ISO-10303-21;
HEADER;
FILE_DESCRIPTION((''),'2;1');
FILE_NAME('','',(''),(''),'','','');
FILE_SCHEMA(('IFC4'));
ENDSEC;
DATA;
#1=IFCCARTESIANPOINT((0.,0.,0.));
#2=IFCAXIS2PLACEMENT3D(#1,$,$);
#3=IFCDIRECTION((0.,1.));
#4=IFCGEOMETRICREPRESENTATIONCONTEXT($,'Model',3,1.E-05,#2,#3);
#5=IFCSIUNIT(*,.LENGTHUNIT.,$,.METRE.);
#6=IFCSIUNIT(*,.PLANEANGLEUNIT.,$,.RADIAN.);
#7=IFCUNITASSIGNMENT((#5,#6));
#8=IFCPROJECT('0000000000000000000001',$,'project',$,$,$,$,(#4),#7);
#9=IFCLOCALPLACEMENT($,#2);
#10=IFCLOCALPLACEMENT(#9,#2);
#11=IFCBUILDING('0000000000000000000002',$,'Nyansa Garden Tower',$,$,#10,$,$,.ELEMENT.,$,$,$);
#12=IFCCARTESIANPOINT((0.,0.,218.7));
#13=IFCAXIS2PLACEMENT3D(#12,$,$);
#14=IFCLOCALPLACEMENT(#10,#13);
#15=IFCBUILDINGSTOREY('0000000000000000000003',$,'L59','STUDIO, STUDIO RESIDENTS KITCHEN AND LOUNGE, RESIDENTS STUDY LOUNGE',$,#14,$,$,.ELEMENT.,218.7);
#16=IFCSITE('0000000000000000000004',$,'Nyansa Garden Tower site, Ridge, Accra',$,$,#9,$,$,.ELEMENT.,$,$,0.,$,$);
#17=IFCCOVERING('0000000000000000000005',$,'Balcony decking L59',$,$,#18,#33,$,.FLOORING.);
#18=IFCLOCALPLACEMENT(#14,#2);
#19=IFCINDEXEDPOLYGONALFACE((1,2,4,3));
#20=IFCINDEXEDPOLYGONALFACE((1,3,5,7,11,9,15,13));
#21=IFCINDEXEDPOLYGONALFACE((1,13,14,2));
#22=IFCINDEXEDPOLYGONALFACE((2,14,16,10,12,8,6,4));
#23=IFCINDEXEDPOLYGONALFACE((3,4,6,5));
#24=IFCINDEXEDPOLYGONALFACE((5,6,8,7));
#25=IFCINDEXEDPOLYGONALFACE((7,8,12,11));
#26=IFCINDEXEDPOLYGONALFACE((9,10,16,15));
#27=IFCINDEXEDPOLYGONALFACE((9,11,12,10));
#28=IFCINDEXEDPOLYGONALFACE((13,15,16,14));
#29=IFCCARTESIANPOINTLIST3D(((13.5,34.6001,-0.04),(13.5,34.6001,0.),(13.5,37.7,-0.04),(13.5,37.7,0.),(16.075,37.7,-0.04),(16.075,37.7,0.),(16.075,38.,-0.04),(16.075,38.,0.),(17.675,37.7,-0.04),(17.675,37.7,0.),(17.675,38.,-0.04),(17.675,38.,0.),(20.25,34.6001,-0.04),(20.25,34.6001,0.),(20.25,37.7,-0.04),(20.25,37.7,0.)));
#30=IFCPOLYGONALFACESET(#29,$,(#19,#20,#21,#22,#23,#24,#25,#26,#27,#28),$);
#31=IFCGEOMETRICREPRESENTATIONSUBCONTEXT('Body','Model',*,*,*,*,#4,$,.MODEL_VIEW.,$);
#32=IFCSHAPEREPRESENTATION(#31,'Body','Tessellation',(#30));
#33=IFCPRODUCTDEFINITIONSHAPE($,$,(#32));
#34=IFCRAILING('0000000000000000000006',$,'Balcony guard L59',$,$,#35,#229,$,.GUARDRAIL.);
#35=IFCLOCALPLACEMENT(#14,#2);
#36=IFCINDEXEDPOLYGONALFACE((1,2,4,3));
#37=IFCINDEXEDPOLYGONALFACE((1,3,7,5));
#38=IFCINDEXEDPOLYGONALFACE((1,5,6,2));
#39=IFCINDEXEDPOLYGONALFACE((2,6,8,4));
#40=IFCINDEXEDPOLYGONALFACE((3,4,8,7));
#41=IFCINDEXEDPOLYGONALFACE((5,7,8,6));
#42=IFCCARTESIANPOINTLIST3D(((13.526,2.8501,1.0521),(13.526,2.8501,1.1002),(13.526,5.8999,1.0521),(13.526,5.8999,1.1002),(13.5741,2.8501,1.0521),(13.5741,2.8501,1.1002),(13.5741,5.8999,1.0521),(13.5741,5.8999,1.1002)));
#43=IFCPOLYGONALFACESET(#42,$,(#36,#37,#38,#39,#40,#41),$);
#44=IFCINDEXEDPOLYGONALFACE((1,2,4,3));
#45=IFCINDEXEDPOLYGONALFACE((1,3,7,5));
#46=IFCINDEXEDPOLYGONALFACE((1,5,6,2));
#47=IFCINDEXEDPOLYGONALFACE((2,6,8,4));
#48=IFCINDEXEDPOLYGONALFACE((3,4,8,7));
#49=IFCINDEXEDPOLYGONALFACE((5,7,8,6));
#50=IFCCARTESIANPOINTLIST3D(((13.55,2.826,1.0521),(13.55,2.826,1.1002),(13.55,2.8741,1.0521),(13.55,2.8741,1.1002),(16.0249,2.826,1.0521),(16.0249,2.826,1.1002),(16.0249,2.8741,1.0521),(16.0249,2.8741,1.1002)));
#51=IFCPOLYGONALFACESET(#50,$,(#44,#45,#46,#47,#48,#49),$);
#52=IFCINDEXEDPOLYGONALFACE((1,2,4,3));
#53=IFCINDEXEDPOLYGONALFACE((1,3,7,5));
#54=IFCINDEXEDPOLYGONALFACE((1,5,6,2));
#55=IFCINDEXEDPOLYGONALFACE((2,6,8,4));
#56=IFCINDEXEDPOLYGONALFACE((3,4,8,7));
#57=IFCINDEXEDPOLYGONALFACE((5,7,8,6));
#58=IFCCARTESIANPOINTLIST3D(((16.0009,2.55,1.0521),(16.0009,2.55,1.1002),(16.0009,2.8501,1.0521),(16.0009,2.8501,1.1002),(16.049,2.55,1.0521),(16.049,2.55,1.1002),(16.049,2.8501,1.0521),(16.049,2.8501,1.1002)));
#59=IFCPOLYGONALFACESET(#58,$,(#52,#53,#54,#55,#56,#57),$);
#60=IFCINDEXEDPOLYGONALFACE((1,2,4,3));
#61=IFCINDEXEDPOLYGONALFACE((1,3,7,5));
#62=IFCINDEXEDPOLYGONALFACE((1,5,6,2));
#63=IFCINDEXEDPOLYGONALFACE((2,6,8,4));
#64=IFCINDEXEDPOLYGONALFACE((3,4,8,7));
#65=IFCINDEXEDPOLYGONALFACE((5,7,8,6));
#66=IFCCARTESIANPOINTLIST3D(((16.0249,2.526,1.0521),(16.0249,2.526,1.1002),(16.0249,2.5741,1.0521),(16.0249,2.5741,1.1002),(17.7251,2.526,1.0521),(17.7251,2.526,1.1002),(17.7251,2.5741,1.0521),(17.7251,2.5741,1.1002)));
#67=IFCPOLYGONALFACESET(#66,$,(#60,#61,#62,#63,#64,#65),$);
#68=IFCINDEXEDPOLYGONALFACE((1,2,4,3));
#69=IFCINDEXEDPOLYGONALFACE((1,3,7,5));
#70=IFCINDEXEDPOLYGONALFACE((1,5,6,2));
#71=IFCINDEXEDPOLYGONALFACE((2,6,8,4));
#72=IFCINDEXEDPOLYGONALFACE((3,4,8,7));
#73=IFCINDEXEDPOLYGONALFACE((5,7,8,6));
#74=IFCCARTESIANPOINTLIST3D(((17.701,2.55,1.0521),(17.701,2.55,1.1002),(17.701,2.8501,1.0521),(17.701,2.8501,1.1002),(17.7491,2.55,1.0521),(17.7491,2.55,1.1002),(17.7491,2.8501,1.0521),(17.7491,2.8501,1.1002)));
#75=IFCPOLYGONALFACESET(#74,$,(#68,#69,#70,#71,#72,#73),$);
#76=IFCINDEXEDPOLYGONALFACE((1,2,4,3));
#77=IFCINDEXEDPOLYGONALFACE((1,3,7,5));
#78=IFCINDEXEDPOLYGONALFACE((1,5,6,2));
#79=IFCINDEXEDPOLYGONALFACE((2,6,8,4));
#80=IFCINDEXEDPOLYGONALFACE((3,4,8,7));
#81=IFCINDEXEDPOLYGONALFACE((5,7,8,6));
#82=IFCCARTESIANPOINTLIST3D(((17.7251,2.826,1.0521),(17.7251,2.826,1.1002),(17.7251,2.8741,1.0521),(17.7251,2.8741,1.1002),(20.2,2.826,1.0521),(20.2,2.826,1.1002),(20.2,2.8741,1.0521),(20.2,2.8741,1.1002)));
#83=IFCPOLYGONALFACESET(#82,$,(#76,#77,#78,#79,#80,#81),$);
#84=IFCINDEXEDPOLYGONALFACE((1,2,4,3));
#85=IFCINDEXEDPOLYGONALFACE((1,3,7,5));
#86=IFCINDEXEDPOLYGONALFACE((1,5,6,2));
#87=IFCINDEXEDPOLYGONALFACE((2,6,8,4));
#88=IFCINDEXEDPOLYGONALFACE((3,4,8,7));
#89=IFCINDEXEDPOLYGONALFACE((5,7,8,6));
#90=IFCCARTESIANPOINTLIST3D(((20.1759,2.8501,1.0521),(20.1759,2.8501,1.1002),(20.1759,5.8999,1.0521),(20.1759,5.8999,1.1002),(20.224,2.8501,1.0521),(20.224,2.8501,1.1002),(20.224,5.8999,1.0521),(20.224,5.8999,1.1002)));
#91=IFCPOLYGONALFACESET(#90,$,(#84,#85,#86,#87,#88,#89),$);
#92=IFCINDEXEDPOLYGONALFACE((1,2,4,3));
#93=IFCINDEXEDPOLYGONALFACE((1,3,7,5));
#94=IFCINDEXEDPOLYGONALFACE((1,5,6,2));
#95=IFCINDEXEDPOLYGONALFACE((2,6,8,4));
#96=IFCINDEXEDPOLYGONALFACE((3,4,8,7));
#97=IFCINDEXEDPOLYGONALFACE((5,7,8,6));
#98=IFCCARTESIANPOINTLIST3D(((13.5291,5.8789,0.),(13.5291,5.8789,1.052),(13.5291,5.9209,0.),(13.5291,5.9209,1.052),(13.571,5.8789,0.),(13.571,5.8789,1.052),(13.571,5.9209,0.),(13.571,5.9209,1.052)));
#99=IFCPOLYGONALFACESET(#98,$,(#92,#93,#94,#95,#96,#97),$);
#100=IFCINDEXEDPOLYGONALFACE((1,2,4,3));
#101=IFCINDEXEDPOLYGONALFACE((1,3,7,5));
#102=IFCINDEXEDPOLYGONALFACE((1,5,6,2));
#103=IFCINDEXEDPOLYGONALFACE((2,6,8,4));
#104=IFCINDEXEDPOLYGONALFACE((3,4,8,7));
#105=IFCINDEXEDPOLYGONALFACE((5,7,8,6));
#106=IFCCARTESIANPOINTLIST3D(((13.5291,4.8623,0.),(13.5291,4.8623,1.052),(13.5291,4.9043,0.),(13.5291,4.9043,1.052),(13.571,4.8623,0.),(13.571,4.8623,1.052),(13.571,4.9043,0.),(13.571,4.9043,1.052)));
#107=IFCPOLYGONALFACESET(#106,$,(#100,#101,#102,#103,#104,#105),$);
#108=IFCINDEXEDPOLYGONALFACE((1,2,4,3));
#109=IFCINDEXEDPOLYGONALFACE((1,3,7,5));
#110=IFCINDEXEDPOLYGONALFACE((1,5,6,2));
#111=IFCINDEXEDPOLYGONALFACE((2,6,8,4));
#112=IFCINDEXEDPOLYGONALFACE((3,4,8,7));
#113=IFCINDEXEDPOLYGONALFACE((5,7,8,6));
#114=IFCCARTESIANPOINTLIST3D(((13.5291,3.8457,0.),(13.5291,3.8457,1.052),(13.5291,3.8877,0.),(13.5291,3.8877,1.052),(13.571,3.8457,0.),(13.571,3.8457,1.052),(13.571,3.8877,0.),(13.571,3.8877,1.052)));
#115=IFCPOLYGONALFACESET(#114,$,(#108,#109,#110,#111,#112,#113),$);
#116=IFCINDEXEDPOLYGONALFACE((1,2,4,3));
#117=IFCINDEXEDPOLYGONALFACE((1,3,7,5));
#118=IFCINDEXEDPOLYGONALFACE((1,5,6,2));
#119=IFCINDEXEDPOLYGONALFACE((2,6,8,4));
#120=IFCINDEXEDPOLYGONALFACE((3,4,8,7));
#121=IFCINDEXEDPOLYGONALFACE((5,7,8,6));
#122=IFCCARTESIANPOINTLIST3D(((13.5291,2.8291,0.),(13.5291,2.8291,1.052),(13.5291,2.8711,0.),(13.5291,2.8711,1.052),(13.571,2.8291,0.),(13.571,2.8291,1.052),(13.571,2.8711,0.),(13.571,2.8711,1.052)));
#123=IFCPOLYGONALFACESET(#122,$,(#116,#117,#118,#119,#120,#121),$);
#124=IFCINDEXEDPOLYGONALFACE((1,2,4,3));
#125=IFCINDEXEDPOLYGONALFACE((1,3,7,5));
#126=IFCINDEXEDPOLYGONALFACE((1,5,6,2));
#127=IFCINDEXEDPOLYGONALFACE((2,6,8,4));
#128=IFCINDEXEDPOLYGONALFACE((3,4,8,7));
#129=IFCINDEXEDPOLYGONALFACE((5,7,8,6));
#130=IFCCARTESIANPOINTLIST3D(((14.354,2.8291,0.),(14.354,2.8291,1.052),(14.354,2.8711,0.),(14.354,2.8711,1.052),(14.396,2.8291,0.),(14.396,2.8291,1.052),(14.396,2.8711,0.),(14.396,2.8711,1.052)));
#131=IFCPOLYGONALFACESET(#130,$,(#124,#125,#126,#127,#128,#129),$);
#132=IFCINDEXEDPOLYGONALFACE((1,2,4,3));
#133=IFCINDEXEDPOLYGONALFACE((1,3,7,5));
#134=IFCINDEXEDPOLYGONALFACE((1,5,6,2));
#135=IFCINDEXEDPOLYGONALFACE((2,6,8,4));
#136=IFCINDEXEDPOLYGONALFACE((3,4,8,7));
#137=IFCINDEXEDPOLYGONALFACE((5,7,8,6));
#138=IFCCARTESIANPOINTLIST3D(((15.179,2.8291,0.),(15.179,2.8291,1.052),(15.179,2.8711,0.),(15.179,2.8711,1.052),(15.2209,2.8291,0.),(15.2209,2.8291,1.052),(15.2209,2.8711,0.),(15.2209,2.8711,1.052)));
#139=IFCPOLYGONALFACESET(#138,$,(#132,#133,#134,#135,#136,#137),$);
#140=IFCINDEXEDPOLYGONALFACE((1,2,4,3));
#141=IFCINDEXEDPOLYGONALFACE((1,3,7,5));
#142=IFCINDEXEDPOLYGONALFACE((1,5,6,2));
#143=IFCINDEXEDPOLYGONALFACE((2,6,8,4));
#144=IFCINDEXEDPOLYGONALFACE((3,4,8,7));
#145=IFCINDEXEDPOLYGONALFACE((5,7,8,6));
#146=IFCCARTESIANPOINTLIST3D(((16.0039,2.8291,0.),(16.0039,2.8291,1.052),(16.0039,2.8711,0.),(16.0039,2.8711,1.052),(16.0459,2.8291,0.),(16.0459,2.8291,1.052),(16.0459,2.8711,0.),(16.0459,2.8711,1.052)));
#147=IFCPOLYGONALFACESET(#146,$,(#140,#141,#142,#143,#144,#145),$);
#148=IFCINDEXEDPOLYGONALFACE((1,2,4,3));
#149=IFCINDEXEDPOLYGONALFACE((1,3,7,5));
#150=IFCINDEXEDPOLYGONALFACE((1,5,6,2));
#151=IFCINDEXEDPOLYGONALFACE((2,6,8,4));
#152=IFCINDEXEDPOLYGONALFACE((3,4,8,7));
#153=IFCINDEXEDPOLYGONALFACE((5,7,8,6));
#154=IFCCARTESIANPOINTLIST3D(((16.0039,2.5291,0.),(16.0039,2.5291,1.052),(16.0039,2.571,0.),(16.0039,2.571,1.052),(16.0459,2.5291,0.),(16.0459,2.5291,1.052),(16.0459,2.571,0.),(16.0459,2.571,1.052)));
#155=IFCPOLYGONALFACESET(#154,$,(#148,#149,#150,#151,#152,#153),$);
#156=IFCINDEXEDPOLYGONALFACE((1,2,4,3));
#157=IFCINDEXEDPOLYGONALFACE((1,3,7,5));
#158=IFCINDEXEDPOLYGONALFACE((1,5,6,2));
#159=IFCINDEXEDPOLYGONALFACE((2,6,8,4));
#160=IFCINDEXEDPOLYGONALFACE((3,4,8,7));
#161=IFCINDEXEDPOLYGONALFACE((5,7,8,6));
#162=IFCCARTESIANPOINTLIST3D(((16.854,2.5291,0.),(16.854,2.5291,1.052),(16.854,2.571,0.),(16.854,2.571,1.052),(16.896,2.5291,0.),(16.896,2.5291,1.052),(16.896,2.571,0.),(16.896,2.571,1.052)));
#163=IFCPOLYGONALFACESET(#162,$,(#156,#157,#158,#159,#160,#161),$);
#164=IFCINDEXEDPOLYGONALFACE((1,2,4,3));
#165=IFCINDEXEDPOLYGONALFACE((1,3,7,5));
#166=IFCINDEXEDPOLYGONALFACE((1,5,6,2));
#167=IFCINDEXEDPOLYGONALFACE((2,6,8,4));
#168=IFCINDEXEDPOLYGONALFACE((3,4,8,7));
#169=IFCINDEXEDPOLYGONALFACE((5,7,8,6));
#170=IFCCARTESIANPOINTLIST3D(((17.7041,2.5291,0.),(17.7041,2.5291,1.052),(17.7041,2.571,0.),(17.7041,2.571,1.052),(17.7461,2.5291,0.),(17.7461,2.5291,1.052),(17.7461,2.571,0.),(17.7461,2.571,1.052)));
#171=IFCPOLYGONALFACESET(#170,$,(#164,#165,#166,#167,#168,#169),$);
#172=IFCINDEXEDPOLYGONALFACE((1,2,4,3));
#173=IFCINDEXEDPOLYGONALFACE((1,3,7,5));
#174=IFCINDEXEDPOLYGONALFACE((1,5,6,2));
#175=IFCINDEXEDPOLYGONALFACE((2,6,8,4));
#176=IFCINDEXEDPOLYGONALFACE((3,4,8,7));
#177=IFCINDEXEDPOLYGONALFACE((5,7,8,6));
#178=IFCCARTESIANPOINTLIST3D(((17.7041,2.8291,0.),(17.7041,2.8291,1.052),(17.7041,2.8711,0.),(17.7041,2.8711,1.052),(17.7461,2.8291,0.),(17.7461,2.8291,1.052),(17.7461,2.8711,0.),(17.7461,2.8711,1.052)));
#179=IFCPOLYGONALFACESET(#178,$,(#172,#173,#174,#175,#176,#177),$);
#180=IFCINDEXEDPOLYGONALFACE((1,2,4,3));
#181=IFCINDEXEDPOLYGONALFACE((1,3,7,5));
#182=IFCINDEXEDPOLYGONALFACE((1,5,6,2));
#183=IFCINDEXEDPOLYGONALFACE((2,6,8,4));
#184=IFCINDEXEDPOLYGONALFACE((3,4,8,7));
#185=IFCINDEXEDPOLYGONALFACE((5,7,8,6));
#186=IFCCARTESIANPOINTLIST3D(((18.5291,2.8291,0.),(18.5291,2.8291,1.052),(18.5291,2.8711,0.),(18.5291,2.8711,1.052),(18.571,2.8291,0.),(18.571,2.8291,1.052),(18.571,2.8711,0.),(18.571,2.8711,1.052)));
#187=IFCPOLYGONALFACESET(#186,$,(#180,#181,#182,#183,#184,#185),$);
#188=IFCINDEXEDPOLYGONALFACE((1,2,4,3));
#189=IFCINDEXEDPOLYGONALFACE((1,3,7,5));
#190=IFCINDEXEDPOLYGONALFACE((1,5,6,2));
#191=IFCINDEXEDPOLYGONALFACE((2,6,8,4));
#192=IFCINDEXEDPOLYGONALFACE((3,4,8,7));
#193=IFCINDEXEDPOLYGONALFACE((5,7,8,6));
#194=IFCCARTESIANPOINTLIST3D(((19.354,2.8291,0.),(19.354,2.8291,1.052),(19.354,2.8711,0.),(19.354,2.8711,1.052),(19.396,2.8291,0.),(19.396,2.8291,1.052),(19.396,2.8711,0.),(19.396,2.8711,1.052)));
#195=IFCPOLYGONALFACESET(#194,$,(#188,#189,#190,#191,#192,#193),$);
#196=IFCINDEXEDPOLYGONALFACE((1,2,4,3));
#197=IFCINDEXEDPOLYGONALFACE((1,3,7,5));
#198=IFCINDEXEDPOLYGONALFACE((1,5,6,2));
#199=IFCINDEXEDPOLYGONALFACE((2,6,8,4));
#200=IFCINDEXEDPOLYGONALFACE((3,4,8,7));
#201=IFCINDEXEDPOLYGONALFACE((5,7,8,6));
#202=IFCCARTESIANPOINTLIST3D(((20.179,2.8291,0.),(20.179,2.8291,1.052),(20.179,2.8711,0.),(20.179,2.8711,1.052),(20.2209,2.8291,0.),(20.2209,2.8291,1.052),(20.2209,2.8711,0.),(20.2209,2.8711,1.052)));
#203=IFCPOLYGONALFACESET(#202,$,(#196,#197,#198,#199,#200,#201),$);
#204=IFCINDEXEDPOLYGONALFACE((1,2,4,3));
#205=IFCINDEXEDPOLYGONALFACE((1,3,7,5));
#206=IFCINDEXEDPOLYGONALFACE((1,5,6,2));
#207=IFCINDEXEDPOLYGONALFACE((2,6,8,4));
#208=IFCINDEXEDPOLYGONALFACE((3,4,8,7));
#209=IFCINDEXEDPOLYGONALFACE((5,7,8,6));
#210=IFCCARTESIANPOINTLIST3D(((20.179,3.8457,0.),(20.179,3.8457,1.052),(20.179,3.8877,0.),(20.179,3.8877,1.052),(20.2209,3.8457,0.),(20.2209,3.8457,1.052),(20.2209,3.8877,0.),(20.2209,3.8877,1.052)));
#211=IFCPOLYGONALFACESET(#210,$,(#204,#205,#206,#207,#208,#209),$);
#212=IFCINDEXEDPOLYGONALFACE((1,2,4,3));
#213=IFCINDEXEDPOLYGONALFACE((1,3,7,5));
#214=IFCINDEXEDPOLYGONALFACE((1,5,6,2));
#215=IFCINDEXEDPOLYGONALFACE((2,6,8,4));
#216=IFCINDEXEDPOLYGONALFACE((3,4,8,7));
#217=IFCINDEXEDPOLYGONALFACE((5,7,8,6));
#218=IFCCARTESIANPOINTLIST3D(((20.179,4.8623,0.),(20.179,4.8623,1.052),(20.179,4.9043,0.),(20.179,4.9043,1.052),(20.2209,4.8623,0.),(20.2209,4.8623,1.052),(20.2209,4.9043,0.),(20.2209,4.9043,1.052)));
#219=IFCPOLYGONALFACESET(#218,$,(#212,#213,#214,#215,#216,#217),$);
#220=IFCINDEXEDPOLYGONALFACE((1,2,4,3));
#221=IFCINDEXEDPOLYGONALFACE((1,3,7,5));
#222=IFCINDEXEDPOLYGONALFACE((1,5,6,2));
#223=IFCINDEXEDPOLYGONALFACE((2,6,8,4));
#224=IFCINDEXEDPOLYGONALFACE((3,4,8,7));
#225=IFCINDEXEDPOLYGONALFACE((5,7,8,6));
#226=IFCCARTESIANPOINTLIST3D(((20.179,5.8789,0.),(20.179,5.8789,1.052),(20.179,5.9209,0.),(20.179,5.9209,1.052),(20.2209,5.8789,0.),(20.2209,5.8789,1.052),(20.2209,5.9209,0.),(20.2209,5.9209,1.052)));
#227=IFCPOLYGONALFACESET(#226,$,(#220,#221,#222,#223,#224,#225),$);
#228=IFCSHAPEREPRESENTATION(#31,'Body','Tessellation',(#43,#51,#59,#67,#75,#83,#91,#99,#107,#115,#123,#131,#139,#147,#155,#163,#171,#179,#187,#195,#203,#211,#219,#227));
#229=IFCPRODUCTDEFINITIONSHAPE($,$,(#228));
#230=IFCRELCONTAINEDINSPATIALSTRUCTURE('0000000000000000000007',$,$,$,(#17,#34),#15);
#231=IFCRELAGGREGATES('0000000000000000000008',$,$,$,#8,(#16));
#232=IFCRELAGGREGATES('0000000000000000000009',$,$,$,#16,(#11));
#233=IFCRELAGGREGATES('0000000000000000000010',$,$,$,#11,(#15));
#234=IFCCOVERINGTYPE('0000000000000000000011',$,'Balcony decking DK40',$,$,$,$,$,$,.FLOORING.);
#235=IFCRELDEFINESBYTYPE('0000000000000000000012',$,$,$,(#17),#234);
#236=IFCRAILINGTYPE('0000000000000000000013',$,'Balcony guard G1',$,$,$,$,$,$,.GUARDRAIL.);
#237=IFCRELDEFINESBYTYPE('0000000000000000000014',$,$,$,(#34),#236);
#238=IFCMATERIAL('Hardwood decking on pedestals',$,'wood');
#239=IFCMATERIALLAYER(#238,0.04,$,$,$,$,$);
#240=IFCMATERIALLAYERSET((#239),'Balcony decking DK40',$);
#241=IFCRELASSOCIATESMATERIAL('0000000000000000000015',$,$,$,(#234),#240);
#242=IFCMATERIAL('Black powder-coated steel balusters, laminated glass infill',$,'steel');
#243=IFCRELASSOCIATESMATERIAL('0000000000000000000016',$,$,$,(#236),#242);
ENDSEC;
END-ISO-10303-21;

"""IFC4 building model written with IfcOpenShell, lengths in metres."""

from ifc_helpers import new_model, si_unit, direction, frame, origin, origin_2d, place, context, subcontext, project, spatial, polyline, rectangle, outline, extrude, material, layer, layer_set, type_object, element, save


model = new_model("IFC4")

# Units and contexts
model_context = context("Model", 3, precision=1e-05, world=origin(), true_north=direction((0.0, 1.0)))
body_context = subcontext(model_context, "Body", "Model", "MODEL_VIEW")
ifc_project = project(units=[si_unit("LENGTHUNIT", "METRE"), si_unit("PLANEANGLEUNIT", "RADIAN")], contexts=[model_context])

# Site, building, storey
site_placement = place(None, origin())
site = spatial("IfcSite", under=ifc_project, at=site_placement, Name="Nyansa Garden Tower site, Ridge, Accra", CompositionType="ELEMENT", RefElevation=0.0)
building_placement = place(site_placement, origin())
building = spatial("IfcBuilding", under=site, at=building_placement, Name="Nyansa Garden Tower", CompositionType="ELEMENT")
storey_placement = place(building_placement, frame((0.0, 0.0, 218.7)))
storey = spatial("IfcBuildingStorey", under=building, at=storey_placement, Name="L59", Description="STUDIO, STUDIO RESIDENTS KITCHEN AND LOUNGE, RESIDENTS STUDY LOUNGE", CompositionType="ELEMENT", Elevation=218.7)

# Covering
ifc_material_1 = material(Name="Hardwood decking on pedestals", Category="wood")
ifc_layer_1 = layer(ifc_material_1, 0.04)
ifc_layer_set_1 = layer_set([ifc_layer_1], Name="Balcony decking DK40")
covering_type = type_object("IfcCoveringType", Name="Balcony decking DK40", PredefinedType="FLOORING", material=ifc_layer_set_1)
covering_1_placement = place(storey_placement, frame((0.0, 0.0, -0.04)))
element("IfcCovering", 1, at=covering_1_placement, inside=storey, type_object=covering_type, Name="Balcony decking L59", PredefinedType="FLOORING", context=body_context, shape_type="SweptSolid", body=[
    extrude(outline(polyline([(13.5, 34.6001), (20.25, 34.6001), (20.25, 37.7), (17.675, 37.7), (17.675, 38.0), (16.075, 38.0), (16.075, 37.7), (13.5, 37.7), (13.5, 34.6001)])), origin(), (0.0, 0.0, 1.0), 0.04),
])

# Railing
ifc_material_2 = material(Name="Black powder-coated steel balusters, laminated glass infill", Category="steel")
railing_type = type_object("IfcRailingType", Name="Balcony guard G1", PredefinedType="GUARDRAIL", material=ifc_material_2)
railing_placement = place(storey_placement, frame((13.55, 5.8999, 0.0)))
element("IfcRailing", 2, at=railing_placement, inside=storey, type_object=railing_type, Name="Balcony guard L59", PredefinedType="GUARDRAIL", context=body_context, shape_type="SweptSolid", body=[
    extrude(rectangle(XDim=0.0481, YDim=0.0481, at=origin_2d()), frame((0.0, 0.0, 1.0762), z_axis=(0.0, -1.0, 0.0), x_axis=(1.0, 0.0, 0.0)), (0.0, 0.0, 1.0), 3.0498),
    extrude(rectangle(XDim=0.0481, YDim=0.0481, at=origin_2d()), frame((0.0, -3.0498, 1.0762), z_axis=(1.0, 0.0, 0.0), x_axis=(0.0, 1.0, 0.0)), (0.0, 0.0, 1.0), 2.4749),
    extrude(rectangle(XDim=0.0481, YDim=0.0481, at=origin_2d()), frame((2.4749, -3.0498, 1.0762), z_axis=(0.0, -1.0, 0.0), x_axis=(1.0, 0.0, 0.0)), (0.0, 0.0, 1.0), 0.3),
    extrude(rectangle(XDim=0.0481, YDim=0.0481, at=origin_2d()), frame((2.4749, -3.3499, 1.0762), z_axis=(1.0, 0.0, 0.0), x_axis=(0.0, 1.0, 0.0)), (0.0, 0.0, 1.0), 1.7002),
    extrude(rectangle(XDim=0.0481, YDim=0.0481, at=origin_2d()), frame((4.175, -3.3499, 1.0762), z_axis=(0.0, 1.0, 0.0), x_axis=(-1.0, 0.0, 0.0)), (0.0, 0.0, 1.0), 0.3),
    extrude(rectangle(XDim=0.0481, YDim=0.0481, at=origin_2d()), frame((4.175, -3.0498, 1.0762), z_axis=(1.0, 0.0, 0.0), x_axis=(0.0, 1.0, 0.0)), (0.0, 0.0, 1.0), 2.4749),
    extrude(rectangle(XDim=0.0481, YDim=0.0481, at=origin_2d()), frame((6.6499, -3.0498, 1.0762), z_axis=(0.0, 1.0, 0.0), x_axis=(-1.0, 0.0, 0.0)), (0.0, 0.0, 1.0), 3.0498),
    extrude(rectangle(XDim=0.042, YDim=0.042, at=origin_2d()), origin(), (0.0, 0.0, 1.0), 1.052),
    extrude(rectangle(XDim=0.042, YDim=0.042, at=origin_2d()), frame((0.0, -1.0166, 0.0)), (0.0, 0.0, 1.0), 1.052),
    extrude(rectangle(XDim=0.042, YDim=0.042, at=origin_2d()), frame((0.0, -2.0332, 0.0)), (0.0, 0.0, 1.0), 1.052),
    extrude(rectangle(XDim=0.042, YDim=0.042, at=origin_2d()), frame((0.0, -3.0498, 0.0)), (0.0, 0.0, 1.0), 1.052),
    extrude(rectangle(XDim=0.042, YDim=0.042, at=origin_2d()), frame((0.825, -3.0498, 0.0)), (0.0, 0.0, 1.0), 1.052),
    extrude(rectangle(XDim=0.042, YDim=0.042, at=origin_2d()), frame((1.6499, -3.0498, 0.0)), (0.0, 0.0, 1.0), 1.052),
    extrude(rectangle(XDim=0.042, YDim=0.042, at=origin_2d()), frame((2.4749, -3.0498, 0.0)), (0.0, 0.0, 1.0), 1.052),
    extrude(rectangle(XDim=0.042, YDim=0.042, at=origin_2d()), frame((2.4749, -3.3499, 0.0)), (0.0, 0.0, 1.0), 1.052),
    extrude(rectangle(XDim=0.042, YDim=0.042, at=origin_2d()), frame((3.325, -3.3499, 0.0)), (0.0, 0.0, 1.0), 1.052),
    extrude(rectangle(XDim=0.042, YDim=0.042, at=origin_2d()), frame((4.175, -3.3499, 0.0)), (0.0, 0.0, 1.0), 1.052),
    extrude(rectangle(XDim=0.042, YDim=0.042, at=origin_2d()), frame((4.175, -3.0498, 0.0)), (0.0, 0.0, 1.0), 1.052),
    extrude(rectangle(XDim=0.042, YDim=0.042, at=origin_2d()), frame((5.0, -3.0498, 0.0)), (0.0, 0.0, 1.0), 1.052),
    extrude(rectangle(XDim=0.042, YDim=0.042, at=origin_2d()), frame((5.825, -3.0498, 0.0)), (0.0, 0.0, 1.0), 1.052),
    extrude(rectangle(XDim=0.042, YDim=0.042, at=origin_2d()), frame((6.6499, -3.0498, 0.0)), (0.0, 0.0, 1.0), 1.052),
    extrude(rectangle(XDim=0.042, YDim=0.042, at=origin_2d()), frame((6.6499, -2.0332, 0.0)), (0.0, 0.0, 1.0), 1.052),
    extrude(rectangle(XDim=0.042, YDim=0.042, at=origin_2d()), frame((6.6499, -1.0166, 0.0)), (0.0, 0.0, 1.0), 1.052),
    extrude(rectangle(XDim=0.042, YDim=0.042, at=origin_2d()), frame((6.6499, 0.0, 0.0)), (0.0, 0.0, 1.0), 1.052),
])

save(model, "model.ifc")
